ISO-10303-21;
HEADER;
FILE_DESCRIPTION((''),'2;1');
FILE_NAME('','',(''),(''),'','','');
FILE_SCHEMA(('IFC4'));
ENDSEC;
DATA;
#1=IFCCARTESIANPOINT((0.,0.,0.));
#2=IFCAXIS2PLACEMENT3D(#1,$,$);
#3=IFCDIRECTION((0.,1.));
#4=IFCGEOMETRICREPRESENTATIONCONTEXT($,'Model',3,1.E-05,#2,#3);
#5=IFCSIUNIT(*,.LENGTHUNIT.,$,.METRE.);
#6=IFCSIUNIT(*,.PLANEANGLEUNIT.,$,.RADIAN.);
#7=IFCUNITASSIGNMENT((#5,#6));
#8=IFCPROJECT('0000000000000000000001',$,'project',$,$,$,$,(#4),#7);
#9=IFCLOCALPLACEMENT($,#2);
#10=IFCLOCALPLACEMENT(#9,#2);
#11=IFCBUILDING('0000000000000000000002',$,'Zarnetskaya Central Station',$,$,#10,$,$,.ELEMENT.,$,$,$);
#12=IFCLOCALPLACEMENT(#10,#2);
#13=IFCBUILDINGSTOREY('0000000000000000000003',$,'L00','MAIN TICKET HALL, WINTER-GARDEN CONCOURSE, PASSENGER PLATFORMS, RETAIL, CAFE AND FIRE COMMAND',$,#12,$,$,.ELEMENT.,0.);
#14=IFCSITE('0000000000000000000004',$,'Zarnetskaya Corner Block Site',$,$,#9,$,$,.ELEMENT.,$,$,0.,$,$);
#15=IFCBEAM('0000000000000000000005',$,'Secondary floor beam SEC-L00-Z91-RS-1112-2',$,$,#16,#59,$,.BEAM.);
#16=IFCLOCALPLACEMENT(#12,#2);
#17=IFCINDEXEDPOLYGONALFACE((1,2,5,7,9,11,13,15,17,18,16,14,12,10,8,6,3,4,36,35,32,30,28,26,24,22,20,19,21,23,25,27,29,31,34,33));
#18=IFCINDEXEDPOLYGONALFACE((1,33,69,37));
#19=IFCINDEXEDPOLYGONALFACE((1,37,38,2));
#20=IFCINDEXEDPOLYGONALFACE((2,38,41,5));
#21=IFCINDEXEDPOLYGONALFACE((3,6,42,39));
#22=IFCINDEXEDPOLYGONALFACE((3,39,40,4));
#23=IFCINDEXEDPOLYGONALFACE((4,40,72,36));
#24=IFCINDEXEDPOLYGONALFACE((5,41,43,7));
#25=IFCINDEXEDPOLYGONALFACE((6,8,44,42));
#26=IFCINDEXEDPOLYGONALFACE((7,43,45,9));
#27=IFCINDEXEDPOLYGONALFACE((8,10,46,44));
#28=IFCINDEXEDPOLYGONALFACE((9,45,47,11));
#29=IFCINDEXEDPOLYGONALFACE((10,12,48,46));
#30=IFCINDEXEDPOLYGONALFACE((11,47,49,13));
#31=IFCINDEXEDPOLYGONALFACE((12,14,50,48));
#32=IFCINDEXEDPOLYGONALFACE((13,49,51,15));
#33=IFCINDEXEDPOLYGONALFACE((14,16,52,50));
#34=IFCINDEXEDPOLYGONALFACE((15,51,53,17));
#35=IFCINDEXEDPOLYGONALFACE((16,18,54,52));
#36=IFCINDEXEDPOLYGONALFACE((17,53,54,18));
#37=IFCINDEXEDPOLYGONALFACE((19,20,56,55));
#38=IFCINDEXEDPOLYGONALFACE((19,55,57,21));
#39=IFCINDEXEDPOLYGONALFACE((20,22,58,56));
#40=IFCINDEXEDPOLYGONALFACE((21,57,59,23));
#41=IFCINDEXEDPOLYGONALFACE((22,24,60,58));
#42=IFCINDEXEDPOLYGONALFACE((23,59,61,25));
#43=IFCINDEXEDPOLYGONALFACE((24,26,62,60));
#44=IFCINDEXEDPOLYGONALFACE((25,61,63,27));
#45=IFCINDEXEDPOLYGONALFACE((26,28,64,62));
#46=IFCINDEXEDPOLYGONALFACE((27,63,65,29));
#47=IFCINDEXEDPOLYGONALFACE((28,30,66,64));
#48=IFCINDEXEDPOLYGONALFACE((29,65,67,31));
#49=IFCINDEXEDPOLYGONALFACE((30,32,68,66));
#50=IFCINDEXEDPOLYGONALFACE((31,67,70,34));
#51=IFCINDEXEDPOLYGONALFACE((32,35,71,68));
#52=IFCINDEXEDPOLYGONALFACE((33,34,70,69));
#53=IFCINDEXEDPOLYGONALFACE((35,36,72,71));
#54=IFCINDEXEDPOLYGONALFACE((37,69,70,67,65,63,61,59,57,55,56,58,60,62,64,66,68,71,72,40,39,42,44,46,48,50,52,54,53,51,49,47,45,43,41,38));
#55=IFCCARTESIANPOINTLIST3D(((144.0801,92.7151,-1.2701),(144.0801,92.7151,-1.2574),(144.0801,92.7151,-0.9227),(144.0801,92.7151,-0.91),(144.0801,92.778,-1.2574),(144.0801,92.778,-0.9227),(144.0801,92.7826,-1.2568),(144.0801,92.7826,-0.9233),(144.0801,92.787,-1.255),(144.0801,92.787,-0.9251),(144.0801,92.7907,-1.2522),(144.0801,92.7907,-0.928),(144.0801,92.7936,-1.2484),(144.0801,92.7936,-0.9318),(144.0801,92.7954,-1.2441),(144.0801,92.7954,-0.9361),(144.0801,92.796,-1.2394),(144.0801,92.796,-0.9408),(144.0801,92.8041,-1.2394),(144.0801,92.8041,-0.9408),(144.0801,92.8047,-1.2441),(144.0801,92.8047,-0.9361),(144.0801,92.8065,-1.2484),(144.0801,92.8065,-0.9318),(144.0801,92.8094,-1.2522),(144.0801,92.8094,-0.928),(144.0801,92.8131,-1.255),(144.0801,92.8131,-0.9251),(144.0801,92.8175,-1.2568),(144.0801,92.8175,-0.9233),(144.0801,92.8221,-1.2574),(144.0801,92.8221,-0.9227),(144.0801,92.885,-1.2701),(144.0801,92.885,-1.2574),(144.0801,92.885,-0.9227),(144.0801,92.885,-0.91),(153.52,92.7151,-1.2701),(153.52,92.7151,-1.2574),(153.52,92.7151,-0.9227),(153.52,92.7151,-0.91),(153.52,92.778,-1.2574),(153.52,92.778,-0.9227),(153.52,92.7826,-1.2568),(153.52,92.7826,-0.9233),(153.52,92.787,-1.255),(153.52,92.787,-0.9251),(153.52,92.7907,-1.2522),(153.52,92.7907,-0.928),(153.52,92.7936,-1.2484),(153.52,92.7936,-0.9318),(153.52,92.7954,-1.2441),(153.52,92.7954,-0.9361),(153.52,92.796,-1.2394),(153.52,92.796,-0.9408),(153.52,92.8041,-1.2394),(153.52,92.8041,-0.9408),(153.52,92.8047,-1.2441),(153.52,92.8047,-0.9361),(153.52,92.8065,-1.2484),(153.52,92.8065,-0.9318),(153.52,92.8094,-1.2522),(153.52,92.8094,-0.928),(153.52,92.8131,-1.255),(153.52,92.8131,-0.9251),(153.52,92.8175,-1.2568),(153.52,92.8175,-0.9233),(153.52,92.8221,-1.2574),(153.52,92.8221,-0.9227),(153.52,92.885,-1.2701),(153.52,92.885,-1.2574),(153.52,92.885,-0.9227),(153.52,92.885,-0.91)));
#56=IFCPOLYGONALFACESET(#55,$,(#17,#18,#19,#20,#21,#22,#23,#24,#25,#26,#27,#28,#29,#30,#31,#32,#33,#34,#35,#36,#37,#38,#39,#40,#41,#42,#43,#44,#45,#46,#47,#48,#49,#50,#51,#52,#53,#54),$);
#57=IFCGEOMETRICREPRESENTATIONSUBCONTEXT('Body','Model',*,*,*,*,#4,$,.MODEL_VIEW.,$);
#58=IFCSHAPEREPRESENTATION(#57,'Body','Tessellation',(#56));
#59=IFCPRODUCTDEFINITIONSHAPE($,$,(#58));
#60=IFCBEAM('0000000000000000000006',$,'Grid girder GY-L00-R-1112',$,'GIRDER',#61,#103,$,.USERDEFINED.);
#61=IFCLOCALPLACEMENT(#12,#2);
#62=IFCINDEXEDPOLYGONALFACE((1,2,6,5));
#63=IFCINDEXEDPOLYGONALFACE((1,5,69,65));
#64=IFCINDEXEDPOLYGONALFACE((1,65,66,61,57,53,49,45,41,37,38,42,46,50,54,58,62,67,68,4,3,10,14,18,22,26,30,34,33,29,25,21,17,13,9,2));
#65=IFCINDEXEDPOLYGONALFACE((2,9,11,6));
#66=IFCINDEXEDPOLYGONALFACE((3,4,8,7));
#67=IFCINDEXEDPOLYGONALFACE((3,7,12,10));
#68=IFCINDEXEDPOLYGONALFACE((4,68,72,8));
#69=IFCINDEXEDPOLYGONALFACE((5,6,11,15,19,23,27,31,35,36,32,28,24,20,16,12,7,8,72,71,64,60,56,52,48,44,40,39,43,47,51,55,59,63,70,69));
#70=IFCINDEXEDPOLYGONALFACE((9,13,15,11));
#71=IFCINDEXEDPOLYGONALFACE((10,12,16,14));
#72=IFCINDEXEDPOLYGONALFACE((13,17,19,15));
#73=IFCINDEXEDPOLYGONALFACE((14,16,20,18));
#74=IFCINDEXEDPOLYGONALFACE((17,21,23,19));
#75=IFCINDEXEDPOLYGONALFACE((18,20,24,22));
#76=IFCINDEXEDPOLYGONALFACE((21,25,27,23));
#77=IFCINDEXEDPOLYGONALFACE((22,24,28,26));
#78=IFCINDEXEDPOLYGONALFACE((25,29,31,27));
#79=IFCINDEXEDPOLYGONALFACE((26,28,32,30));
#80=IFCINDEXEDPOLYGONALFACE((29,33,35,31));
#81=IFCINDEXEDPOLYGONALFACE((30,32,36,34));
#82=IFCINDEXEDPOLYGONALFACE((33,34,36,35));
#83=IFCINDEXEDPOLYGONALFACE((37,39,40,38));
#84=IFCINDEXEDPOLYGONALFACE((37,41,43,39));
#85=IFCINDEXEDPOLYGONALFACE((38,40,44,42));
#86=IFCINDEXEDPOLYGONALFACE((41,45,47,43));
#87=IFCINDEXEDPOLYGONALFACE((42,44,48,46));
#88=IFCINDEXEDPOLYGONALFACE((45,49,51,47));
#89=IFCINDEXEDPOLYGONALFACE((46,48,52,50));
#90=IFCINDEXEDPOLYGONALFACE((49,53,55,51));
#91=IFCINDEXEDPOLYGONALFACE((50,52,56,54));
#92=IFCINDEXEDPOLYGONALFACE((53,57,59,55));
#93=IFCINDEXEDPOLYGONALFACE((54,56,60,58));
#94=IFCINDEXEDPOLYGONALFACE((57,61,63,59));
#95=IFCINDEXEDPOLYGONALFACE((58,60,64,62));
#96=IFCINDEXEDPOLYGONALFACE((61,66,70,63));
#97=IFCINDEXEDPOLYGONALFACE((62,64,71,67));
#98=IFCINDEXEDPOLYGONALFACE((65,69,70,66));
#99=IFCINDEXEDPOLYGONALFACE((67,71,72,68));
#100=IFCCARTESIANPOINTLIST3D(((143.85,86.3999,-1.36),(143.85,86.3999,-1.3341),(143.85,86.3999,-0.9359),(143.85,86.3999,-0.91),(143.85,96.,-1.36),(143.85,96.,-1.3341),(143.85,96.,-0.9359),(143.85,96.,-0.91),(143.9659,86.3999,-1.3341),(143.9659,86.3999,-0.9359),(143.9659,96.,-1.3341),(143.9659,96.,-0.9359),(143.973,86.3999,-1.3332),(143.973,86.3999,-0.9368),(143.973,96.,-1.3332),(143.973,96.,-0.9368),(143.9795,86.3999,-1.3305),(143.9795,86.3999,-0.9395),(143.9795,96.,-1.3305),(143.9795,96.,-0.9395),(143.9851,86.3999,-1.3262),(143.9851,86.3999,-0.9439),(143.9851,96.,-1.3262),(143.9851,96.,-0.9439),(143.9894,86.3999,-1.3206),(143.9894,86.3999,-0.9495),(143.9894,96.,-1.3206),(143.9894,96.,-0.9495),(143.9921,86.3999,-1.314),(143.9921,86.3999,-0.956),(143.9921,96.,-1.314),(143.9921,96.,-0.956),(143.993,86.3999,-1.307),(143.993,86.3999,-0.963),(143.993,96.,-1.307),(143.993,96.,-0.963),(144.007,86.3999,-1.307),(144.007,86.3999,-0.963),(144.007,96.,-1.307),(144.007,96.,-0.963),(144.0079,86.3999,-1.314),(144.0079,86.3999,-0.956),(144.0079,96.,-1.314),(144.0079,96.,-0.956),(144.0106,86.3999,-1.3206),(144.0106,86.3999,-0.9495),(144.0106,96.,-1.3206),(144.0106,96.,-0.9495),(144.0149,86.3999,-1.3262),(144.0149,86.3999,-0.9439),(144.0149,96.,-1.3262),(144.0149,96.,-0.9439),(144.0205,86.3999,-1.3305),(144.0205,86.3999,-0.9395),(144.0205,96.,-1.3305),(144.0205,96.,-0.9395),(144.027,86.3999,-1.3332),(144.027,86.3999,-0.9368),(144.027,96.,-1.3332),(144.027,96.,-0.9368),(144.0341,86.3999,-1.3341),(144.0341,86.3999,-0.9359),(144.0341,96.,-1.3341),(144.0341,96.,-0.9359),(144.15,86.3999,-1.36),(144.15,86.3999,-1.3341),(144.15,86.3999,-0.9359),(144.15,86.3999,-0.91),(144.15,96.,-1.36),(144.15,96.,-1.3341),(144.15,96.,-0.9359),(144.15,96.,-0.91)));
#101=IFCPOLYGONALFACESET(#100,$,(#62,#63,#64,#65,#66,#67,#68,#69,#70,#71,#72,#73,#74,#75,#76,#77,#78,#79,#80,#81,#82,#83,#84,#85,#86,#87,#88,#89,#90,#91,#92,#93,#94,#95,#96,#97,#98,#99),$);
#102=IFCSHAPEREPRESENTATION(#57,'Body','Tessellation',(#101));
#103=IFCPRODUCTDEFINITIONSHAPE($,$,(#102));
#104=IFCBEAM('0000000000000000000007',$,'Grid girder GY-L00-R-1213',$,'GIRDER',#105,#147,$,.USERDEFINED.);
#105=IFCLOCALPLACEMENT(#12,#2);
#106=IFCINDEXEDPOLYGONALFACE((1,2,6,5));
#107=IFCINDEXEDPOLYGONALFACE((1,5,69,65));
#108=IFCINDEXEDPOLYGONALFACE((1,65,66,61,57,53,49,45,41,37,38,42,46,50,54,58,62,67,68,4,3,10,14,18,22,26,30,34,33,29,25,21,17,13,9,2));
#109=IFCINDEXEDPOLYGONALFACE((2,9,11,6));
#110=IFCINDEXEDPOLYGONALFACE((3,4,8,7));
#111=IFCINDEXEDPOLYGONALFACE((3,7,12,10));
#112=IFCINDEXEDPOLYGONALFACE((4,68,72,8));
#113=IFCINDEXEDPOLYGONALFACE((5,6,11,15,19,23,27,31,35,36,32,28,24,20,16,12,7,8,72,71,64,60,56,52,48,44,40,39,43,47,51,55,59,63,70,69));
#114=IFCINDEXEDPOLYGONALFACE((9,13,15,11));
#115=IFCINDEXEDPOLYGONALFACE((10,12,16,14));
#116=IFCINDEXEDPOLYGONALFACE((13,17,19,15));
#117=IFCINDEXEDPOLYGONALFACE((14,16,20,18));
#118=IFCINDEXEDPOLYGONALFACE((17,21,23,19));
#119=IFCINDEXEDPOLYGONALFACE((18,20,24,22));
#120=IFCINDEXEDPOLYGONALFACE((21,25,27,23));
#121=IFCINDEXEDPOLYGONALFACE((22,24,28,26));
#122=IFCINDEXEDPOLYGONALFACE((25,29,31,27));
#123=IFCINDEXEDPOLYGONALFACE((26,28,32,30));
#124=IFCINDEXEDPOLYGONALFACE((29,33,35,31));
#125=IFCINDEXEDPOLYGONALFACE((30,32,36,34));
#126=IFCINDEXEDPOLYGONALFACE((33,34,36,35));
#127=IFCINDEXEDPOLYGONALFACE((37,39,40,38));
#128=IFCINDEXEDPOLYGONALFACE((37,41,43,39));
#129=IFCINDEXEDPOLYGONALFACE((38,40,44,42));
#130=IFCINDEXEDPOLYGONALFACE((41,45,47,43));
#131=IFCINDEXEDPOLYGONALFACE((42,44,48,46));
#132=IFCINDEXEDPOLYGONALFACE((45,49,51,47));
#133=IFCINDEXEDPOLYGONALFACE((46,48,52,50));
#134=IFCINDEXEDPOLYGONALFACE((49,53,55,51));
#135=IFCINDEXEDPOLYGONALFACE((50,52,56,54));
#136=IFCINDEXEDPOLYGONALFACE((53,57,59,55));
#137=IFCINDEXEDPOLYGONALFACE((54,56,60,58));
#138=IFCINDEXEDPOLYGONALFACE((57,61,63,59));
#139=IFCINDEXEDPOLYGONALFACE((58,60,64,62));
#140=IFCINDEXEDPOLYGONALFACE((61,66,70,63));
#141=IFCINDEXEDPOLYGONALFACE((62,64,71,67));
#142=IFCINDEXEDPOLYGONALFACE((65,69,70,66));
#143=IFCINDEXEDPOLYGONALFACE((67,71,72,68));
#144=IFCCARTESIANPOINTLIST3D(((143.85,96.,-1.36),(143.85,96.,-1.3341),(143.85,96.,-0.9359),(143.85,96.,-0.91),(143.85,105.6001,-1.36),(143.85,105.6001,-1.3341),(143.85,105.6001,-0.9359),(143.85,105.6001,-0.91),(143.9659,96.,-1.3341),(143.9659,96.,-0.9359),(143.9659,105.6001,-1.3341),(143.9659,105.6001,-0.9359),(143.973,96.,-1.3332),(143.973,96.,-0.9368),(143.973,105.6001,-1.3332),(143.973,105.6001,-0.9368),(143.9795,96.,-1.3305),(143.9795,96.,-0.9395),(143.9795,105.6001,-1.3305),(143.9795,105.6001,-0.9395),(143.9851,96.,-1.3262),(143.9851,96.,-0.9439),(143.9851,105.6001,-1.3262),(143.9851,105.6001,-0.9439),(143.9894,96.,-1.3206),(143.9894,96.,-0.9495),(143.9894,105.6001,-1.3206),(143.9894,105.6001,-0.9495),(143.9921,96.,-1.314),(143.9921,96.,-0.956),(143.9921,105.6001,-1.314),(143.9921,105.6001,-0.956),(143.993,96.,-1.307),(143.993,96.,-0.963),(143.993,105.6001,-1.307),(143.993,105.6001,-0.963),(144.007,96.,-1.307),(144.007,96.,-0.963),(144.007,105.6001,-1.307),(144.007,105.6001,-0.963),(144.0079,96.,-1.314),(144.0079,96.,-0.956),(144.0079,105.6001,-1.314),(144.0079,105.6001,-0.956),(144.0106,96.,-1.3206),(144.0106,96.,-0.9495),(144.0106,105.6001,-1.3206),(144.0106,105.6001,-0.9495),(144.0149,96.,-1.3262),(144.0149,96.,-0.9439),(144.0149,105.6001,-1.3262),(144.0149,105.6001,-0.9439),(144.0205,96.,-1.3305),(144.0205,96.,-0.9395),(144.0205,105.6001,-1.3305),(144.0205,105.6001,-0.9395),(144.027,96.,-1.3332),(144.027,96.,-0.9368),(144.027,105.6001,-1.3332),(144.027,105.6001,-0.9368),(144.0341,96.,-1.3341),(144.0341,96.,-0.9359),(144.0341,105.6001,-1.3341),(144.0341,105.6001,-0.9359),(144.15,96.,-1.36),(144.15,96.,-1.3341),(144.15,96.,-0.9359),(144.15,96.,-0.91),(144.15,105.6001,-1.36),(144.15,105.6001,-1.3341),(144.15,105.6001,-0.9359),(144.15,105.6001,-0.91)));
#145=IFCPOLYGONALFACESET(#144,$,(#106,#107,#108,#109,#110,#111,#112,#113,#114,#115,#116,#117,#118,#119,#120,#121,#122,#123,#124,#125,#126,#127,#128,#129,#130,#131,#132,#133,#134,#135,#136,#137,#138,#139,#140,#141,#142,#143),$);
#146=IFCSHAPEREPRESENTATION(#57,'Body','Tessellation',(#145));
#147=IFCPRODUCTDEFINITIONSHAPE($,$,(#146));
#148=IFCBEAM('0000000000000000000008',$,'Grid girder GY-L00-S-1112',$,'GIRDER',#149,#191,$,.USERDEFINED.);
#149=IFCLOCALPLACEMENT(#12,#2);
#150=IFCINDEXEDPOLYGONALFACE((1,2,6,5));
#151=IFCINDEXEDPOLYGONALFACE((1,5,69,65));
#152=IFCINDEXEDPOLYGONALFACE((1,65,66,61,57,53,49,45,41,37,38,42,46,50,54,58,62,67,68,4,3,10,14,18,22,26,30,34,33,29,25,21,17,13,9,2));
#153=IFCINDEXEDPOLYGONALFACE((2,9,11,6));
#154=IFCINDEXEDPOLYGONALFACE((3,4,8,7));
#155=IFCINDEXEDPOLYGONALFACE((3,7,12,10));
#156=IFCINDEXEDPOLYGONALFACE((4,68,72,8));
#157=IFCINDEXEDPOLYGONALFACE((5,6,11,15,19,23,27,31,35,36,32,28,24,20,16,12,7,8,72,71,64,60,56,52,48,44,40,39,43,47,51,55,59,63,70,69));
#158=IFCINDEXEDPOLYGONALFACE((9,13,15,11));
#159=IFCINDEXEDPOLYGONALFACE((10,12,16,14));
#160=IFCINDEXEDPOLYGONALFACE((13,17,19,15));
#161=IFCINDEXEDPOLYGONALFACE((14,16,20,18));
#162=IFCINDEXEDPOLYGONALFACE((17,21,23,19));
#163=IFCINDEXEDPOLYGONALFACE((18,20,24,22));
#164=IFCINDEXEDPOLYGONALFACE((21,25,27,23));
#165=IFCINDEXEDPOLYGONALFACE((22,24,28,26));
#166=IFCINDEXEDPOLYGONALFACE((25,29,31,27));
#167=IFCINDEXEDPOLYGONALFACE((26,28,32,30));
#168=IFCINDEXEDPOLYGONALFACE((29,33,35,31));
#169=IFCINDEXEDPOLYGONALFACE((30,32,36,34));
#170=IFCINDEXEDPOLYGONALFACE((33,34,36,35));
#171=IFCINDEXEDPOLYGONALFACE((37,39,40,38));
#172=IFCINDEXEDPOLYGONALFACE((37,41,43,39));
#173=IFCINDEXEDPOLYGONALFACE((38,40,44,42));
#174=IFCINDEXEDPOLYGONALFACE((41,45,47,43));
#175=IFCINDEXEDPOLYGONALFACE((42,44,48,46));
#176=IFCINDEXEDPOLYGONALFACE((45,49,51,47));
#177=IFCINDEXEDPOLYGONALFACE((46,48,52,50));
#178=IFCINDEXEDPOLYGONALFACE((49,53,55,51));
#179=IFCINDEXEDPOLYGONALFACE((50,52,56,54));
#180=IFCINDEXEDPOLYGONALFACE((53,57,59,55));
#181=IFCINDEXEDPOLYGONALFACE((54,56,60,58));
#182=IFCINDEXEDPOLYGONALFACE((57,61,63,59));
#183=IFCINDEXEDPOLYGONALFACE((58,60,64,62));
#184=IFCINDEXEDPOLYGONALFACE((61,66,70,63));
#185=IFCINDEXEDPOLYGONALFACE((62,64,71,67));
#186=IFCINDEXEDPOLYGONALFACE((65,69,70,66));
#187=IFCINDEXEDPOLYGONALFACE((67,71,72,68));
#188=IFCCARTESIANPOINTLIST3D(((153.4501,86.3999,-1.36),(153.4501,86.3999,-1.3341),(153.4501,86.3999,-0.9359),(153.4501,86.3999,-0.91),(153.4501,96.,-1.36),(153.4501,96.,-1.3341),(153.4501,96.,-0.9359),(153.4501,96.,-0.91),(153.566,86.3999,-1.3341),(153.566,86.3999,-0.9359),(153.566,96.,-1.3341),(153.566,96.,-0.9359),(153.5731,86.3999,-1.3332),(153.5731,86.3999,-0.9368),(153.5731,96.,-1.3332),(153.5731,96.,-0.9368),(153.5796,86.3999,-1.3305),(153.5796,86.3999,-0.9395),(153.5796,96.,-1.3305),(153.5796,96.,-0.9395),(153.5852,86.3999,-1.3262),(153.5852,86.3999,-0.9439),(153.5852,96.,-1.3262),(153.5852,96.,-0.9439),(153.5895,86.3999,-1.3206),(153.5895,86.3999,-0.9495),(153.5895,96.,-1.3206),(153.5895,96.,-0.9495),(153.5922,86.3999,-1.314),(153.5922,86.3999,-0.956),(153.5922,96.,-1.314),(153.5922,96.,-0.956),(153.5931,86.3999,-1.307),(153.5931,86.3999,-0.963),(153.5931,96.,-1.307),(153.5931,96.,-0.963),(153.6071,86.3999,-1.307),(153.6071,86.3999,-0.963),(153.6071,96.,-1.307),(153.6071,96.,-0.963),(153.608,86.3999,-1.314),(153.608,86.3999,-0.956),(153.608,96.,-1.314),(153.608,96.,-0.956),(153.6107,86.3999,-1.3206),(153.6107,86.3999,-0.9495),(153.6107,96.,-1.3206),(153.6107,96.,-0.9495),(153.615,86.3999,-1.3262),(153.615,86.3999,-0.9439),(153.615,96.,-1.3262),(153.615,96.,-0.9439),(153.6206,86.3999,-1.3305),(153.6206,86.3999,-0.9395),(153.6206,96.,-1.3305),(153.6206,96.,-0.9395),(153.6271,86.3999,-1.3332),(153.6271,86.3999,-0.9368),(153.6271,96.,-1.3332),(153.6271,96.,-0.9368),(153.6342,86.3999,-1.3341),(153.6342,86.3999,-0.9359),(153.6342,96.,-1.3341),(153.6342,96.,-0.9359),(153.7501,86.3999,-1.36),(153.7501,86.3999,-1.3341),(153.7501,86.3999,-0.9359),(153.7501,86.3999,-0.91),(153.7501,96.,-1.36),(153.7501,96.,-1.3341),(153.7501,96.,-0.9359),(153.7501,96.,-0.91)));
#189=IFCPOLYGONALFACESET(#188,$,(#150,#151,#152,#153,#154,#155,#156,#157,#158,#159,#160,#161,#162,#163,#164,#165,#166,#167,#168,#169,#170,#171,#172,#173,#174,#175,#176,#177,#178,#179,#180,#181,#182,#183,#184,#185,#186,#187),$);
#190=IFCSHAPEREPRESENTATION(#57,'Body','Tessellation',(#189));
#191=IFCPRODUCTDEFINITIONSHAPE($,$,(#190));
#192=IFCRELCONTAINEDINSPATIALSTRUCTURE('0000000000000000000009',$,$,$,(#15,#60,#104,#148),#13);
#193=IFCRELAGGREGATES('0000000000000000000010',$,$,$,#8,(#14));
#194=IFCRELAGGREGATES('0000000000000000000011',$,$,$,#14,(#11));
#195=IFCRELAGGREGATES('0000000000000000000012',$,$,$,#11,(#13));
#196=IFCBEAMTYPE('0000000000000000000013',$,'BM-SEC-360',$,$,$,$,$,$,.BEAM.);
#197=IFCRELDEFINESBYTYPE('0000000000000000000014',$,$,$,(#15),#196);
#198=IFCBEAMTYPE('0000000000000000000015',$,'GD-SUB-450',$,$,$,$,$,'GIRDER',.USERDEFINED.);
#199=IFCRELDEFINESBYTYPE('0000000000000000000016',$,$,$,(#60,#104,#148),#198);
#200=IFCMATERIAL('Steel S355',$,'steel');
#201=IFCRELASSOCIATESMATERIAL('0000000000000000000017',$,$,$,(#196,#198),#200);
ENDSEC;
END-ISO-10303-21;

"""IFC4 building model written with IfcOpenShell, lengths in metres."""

from ifc_helpers import new_model, si_unit, direction, frame, origin, origin_2d, place, context, subcontext, project, spatial, i_section, extrude, material, material_profile, profile_set, type_object, element, save


model = new_model("IFC4")

# Units and contexts
model_context = context("Model", 3, precision=1e-05, world=origin(), true_north=direction((0.0, 1.0)))
body_context = subcontext(model_context, "Body", "Model", "MODEL_VIEW")
ifc_project = project(units=[si_unit("LENGTHUNIT", "METRE"), si_unit("PLANEANGLEUNIT", "RADIAN")], contexts=[model_context])

# Site, building, storey
site_placement = place(None, origin())
site = spatial("IfcSite", under=ifc_project, at=site_placement, Name="Zarnetskaya Corner Block Site", CompositionType="ELEMENT", RefElevation=0.0)
building_placement = place(site_placement, origin())
building = spatial("IfcBuilding", under=site, at=building_placement, Name="Zarnetskaya Central Station", CompositionType="ELEMENT")
storey_placement = place(building_placement, origin())
storey = spatial("IfcBuildingStorey", under=building, at=storey_placement, Name="L00", Description="MAIN TICKET HALL, WINTER-GARDEN CONCOURSE, PASSENGER PLATFORMS, RETAIL, CAFE AND FIRE COMMAND", CompositionType="ELEMENT", Elevation=0.0)

# Shared definitions
ifc_material = material(Name="Steel S355", Category="steel")

# Beams
ifc_material_profile_1 = material_profile(ifc_material, i_section(OverallWidth=0.1699, OverallDepth=0.3601, WebThickness=0.0081, FlangeThickness=0.0127, FilletRadius=0.0181, at=origin_2d()), Name="IPE 360")
ifc_profile_set_1 = profile_set([ifc_material_profile_1], Name="Steel S355")
beam_type_1 = type_object("IfcBeamType", Name="BM-SEC-360", PredefinedType="BEAM", material=ifc_profile_set_1)
for number, where, z_axis, x_axis, name in (
    (1, (144.0801, 92.8, -1.0901), (1.0, 0.0, 0.0), (0.0, 1.0, 0.0), "Secondary floor beam SEC-L00-Z91-RS-1112-2"),
):
    element("IfcBeam", number, at=place(storey_placement, frame(where, z_axis=z_axis, x_axis=x_axis)), inside=storey, type_object=beam_type_1, Name=name, PredefinedType="BEAM", context=body_context, shape_type="SweptSolid", body=[
        extrude(i_section(OverallWidth=0.1699, OverallDepth=0.3601, WebThickness=0.0081, FlangeThickness=0.0127, FilletRadius=0.0181, at=origin_2d()), origin(), (0.0, 0.0, 1.0), 9.4399),
    ])
ifc_material_profile_2 = material_profile(ifc_material, i_section(OverallWidth=0.3, OverallDepth=0.45, WebThickness=0.0139, FlangeThickness=0.0259, FilletRadius=0.0271, at=origin_2d()), Name="HEB 450")
ifc_profile_set_2 = profile_set([ifc_material_profile_2], Name="Steel S355")
beam_type_2 = type_object("IfcBeamType", Name="GD-SUB-450", ElementType="GIRDER", PredefinedType="USERDEFINED", material=ifc_profile_set_2)
for number, where, z_axis, x_axis, name in (
    (2, (144.0, 86.3999, -1.135), (0.0, 1.0, 0.0), (-1.0, 0.0, 0.0), "Grid girder GY-L00-R-1112"),
    (3, (144.0, 96.0, -1.135), (0.0, 1.0, 0.0), (-1.0, 0.0, 0.0), "Grid girder GY-L00-R-1213"),
    (4, (153.6001, 86.3999, -1.135), (0.0, 1.0, 0.0), (-1.0, 0.0, 0.0), "Grid girder GY-L00-S-1112"),
):
    element("IfcBeam", number, at=place(storey_placement, frame(where, z_axis=z_axis, x_axis=x_axis)), inside=storey, type_object=beam_type_2, Name=name, ObjectType="GIRDER", PredefinedType="USERDEFINED", context=body_context, shape_type="SweptSolid", body=[
        extrude(i_section(OverallWidth=0.3, OverallDepth=0.45, WebThickness=0.0139, FlangeThickness=0.0259, FilletRadius=0.0271, at=origin_2d()), origin(), (0.0, 0.0, 1.0), 9.6001),
    ])

save(model, "model.ifc")
